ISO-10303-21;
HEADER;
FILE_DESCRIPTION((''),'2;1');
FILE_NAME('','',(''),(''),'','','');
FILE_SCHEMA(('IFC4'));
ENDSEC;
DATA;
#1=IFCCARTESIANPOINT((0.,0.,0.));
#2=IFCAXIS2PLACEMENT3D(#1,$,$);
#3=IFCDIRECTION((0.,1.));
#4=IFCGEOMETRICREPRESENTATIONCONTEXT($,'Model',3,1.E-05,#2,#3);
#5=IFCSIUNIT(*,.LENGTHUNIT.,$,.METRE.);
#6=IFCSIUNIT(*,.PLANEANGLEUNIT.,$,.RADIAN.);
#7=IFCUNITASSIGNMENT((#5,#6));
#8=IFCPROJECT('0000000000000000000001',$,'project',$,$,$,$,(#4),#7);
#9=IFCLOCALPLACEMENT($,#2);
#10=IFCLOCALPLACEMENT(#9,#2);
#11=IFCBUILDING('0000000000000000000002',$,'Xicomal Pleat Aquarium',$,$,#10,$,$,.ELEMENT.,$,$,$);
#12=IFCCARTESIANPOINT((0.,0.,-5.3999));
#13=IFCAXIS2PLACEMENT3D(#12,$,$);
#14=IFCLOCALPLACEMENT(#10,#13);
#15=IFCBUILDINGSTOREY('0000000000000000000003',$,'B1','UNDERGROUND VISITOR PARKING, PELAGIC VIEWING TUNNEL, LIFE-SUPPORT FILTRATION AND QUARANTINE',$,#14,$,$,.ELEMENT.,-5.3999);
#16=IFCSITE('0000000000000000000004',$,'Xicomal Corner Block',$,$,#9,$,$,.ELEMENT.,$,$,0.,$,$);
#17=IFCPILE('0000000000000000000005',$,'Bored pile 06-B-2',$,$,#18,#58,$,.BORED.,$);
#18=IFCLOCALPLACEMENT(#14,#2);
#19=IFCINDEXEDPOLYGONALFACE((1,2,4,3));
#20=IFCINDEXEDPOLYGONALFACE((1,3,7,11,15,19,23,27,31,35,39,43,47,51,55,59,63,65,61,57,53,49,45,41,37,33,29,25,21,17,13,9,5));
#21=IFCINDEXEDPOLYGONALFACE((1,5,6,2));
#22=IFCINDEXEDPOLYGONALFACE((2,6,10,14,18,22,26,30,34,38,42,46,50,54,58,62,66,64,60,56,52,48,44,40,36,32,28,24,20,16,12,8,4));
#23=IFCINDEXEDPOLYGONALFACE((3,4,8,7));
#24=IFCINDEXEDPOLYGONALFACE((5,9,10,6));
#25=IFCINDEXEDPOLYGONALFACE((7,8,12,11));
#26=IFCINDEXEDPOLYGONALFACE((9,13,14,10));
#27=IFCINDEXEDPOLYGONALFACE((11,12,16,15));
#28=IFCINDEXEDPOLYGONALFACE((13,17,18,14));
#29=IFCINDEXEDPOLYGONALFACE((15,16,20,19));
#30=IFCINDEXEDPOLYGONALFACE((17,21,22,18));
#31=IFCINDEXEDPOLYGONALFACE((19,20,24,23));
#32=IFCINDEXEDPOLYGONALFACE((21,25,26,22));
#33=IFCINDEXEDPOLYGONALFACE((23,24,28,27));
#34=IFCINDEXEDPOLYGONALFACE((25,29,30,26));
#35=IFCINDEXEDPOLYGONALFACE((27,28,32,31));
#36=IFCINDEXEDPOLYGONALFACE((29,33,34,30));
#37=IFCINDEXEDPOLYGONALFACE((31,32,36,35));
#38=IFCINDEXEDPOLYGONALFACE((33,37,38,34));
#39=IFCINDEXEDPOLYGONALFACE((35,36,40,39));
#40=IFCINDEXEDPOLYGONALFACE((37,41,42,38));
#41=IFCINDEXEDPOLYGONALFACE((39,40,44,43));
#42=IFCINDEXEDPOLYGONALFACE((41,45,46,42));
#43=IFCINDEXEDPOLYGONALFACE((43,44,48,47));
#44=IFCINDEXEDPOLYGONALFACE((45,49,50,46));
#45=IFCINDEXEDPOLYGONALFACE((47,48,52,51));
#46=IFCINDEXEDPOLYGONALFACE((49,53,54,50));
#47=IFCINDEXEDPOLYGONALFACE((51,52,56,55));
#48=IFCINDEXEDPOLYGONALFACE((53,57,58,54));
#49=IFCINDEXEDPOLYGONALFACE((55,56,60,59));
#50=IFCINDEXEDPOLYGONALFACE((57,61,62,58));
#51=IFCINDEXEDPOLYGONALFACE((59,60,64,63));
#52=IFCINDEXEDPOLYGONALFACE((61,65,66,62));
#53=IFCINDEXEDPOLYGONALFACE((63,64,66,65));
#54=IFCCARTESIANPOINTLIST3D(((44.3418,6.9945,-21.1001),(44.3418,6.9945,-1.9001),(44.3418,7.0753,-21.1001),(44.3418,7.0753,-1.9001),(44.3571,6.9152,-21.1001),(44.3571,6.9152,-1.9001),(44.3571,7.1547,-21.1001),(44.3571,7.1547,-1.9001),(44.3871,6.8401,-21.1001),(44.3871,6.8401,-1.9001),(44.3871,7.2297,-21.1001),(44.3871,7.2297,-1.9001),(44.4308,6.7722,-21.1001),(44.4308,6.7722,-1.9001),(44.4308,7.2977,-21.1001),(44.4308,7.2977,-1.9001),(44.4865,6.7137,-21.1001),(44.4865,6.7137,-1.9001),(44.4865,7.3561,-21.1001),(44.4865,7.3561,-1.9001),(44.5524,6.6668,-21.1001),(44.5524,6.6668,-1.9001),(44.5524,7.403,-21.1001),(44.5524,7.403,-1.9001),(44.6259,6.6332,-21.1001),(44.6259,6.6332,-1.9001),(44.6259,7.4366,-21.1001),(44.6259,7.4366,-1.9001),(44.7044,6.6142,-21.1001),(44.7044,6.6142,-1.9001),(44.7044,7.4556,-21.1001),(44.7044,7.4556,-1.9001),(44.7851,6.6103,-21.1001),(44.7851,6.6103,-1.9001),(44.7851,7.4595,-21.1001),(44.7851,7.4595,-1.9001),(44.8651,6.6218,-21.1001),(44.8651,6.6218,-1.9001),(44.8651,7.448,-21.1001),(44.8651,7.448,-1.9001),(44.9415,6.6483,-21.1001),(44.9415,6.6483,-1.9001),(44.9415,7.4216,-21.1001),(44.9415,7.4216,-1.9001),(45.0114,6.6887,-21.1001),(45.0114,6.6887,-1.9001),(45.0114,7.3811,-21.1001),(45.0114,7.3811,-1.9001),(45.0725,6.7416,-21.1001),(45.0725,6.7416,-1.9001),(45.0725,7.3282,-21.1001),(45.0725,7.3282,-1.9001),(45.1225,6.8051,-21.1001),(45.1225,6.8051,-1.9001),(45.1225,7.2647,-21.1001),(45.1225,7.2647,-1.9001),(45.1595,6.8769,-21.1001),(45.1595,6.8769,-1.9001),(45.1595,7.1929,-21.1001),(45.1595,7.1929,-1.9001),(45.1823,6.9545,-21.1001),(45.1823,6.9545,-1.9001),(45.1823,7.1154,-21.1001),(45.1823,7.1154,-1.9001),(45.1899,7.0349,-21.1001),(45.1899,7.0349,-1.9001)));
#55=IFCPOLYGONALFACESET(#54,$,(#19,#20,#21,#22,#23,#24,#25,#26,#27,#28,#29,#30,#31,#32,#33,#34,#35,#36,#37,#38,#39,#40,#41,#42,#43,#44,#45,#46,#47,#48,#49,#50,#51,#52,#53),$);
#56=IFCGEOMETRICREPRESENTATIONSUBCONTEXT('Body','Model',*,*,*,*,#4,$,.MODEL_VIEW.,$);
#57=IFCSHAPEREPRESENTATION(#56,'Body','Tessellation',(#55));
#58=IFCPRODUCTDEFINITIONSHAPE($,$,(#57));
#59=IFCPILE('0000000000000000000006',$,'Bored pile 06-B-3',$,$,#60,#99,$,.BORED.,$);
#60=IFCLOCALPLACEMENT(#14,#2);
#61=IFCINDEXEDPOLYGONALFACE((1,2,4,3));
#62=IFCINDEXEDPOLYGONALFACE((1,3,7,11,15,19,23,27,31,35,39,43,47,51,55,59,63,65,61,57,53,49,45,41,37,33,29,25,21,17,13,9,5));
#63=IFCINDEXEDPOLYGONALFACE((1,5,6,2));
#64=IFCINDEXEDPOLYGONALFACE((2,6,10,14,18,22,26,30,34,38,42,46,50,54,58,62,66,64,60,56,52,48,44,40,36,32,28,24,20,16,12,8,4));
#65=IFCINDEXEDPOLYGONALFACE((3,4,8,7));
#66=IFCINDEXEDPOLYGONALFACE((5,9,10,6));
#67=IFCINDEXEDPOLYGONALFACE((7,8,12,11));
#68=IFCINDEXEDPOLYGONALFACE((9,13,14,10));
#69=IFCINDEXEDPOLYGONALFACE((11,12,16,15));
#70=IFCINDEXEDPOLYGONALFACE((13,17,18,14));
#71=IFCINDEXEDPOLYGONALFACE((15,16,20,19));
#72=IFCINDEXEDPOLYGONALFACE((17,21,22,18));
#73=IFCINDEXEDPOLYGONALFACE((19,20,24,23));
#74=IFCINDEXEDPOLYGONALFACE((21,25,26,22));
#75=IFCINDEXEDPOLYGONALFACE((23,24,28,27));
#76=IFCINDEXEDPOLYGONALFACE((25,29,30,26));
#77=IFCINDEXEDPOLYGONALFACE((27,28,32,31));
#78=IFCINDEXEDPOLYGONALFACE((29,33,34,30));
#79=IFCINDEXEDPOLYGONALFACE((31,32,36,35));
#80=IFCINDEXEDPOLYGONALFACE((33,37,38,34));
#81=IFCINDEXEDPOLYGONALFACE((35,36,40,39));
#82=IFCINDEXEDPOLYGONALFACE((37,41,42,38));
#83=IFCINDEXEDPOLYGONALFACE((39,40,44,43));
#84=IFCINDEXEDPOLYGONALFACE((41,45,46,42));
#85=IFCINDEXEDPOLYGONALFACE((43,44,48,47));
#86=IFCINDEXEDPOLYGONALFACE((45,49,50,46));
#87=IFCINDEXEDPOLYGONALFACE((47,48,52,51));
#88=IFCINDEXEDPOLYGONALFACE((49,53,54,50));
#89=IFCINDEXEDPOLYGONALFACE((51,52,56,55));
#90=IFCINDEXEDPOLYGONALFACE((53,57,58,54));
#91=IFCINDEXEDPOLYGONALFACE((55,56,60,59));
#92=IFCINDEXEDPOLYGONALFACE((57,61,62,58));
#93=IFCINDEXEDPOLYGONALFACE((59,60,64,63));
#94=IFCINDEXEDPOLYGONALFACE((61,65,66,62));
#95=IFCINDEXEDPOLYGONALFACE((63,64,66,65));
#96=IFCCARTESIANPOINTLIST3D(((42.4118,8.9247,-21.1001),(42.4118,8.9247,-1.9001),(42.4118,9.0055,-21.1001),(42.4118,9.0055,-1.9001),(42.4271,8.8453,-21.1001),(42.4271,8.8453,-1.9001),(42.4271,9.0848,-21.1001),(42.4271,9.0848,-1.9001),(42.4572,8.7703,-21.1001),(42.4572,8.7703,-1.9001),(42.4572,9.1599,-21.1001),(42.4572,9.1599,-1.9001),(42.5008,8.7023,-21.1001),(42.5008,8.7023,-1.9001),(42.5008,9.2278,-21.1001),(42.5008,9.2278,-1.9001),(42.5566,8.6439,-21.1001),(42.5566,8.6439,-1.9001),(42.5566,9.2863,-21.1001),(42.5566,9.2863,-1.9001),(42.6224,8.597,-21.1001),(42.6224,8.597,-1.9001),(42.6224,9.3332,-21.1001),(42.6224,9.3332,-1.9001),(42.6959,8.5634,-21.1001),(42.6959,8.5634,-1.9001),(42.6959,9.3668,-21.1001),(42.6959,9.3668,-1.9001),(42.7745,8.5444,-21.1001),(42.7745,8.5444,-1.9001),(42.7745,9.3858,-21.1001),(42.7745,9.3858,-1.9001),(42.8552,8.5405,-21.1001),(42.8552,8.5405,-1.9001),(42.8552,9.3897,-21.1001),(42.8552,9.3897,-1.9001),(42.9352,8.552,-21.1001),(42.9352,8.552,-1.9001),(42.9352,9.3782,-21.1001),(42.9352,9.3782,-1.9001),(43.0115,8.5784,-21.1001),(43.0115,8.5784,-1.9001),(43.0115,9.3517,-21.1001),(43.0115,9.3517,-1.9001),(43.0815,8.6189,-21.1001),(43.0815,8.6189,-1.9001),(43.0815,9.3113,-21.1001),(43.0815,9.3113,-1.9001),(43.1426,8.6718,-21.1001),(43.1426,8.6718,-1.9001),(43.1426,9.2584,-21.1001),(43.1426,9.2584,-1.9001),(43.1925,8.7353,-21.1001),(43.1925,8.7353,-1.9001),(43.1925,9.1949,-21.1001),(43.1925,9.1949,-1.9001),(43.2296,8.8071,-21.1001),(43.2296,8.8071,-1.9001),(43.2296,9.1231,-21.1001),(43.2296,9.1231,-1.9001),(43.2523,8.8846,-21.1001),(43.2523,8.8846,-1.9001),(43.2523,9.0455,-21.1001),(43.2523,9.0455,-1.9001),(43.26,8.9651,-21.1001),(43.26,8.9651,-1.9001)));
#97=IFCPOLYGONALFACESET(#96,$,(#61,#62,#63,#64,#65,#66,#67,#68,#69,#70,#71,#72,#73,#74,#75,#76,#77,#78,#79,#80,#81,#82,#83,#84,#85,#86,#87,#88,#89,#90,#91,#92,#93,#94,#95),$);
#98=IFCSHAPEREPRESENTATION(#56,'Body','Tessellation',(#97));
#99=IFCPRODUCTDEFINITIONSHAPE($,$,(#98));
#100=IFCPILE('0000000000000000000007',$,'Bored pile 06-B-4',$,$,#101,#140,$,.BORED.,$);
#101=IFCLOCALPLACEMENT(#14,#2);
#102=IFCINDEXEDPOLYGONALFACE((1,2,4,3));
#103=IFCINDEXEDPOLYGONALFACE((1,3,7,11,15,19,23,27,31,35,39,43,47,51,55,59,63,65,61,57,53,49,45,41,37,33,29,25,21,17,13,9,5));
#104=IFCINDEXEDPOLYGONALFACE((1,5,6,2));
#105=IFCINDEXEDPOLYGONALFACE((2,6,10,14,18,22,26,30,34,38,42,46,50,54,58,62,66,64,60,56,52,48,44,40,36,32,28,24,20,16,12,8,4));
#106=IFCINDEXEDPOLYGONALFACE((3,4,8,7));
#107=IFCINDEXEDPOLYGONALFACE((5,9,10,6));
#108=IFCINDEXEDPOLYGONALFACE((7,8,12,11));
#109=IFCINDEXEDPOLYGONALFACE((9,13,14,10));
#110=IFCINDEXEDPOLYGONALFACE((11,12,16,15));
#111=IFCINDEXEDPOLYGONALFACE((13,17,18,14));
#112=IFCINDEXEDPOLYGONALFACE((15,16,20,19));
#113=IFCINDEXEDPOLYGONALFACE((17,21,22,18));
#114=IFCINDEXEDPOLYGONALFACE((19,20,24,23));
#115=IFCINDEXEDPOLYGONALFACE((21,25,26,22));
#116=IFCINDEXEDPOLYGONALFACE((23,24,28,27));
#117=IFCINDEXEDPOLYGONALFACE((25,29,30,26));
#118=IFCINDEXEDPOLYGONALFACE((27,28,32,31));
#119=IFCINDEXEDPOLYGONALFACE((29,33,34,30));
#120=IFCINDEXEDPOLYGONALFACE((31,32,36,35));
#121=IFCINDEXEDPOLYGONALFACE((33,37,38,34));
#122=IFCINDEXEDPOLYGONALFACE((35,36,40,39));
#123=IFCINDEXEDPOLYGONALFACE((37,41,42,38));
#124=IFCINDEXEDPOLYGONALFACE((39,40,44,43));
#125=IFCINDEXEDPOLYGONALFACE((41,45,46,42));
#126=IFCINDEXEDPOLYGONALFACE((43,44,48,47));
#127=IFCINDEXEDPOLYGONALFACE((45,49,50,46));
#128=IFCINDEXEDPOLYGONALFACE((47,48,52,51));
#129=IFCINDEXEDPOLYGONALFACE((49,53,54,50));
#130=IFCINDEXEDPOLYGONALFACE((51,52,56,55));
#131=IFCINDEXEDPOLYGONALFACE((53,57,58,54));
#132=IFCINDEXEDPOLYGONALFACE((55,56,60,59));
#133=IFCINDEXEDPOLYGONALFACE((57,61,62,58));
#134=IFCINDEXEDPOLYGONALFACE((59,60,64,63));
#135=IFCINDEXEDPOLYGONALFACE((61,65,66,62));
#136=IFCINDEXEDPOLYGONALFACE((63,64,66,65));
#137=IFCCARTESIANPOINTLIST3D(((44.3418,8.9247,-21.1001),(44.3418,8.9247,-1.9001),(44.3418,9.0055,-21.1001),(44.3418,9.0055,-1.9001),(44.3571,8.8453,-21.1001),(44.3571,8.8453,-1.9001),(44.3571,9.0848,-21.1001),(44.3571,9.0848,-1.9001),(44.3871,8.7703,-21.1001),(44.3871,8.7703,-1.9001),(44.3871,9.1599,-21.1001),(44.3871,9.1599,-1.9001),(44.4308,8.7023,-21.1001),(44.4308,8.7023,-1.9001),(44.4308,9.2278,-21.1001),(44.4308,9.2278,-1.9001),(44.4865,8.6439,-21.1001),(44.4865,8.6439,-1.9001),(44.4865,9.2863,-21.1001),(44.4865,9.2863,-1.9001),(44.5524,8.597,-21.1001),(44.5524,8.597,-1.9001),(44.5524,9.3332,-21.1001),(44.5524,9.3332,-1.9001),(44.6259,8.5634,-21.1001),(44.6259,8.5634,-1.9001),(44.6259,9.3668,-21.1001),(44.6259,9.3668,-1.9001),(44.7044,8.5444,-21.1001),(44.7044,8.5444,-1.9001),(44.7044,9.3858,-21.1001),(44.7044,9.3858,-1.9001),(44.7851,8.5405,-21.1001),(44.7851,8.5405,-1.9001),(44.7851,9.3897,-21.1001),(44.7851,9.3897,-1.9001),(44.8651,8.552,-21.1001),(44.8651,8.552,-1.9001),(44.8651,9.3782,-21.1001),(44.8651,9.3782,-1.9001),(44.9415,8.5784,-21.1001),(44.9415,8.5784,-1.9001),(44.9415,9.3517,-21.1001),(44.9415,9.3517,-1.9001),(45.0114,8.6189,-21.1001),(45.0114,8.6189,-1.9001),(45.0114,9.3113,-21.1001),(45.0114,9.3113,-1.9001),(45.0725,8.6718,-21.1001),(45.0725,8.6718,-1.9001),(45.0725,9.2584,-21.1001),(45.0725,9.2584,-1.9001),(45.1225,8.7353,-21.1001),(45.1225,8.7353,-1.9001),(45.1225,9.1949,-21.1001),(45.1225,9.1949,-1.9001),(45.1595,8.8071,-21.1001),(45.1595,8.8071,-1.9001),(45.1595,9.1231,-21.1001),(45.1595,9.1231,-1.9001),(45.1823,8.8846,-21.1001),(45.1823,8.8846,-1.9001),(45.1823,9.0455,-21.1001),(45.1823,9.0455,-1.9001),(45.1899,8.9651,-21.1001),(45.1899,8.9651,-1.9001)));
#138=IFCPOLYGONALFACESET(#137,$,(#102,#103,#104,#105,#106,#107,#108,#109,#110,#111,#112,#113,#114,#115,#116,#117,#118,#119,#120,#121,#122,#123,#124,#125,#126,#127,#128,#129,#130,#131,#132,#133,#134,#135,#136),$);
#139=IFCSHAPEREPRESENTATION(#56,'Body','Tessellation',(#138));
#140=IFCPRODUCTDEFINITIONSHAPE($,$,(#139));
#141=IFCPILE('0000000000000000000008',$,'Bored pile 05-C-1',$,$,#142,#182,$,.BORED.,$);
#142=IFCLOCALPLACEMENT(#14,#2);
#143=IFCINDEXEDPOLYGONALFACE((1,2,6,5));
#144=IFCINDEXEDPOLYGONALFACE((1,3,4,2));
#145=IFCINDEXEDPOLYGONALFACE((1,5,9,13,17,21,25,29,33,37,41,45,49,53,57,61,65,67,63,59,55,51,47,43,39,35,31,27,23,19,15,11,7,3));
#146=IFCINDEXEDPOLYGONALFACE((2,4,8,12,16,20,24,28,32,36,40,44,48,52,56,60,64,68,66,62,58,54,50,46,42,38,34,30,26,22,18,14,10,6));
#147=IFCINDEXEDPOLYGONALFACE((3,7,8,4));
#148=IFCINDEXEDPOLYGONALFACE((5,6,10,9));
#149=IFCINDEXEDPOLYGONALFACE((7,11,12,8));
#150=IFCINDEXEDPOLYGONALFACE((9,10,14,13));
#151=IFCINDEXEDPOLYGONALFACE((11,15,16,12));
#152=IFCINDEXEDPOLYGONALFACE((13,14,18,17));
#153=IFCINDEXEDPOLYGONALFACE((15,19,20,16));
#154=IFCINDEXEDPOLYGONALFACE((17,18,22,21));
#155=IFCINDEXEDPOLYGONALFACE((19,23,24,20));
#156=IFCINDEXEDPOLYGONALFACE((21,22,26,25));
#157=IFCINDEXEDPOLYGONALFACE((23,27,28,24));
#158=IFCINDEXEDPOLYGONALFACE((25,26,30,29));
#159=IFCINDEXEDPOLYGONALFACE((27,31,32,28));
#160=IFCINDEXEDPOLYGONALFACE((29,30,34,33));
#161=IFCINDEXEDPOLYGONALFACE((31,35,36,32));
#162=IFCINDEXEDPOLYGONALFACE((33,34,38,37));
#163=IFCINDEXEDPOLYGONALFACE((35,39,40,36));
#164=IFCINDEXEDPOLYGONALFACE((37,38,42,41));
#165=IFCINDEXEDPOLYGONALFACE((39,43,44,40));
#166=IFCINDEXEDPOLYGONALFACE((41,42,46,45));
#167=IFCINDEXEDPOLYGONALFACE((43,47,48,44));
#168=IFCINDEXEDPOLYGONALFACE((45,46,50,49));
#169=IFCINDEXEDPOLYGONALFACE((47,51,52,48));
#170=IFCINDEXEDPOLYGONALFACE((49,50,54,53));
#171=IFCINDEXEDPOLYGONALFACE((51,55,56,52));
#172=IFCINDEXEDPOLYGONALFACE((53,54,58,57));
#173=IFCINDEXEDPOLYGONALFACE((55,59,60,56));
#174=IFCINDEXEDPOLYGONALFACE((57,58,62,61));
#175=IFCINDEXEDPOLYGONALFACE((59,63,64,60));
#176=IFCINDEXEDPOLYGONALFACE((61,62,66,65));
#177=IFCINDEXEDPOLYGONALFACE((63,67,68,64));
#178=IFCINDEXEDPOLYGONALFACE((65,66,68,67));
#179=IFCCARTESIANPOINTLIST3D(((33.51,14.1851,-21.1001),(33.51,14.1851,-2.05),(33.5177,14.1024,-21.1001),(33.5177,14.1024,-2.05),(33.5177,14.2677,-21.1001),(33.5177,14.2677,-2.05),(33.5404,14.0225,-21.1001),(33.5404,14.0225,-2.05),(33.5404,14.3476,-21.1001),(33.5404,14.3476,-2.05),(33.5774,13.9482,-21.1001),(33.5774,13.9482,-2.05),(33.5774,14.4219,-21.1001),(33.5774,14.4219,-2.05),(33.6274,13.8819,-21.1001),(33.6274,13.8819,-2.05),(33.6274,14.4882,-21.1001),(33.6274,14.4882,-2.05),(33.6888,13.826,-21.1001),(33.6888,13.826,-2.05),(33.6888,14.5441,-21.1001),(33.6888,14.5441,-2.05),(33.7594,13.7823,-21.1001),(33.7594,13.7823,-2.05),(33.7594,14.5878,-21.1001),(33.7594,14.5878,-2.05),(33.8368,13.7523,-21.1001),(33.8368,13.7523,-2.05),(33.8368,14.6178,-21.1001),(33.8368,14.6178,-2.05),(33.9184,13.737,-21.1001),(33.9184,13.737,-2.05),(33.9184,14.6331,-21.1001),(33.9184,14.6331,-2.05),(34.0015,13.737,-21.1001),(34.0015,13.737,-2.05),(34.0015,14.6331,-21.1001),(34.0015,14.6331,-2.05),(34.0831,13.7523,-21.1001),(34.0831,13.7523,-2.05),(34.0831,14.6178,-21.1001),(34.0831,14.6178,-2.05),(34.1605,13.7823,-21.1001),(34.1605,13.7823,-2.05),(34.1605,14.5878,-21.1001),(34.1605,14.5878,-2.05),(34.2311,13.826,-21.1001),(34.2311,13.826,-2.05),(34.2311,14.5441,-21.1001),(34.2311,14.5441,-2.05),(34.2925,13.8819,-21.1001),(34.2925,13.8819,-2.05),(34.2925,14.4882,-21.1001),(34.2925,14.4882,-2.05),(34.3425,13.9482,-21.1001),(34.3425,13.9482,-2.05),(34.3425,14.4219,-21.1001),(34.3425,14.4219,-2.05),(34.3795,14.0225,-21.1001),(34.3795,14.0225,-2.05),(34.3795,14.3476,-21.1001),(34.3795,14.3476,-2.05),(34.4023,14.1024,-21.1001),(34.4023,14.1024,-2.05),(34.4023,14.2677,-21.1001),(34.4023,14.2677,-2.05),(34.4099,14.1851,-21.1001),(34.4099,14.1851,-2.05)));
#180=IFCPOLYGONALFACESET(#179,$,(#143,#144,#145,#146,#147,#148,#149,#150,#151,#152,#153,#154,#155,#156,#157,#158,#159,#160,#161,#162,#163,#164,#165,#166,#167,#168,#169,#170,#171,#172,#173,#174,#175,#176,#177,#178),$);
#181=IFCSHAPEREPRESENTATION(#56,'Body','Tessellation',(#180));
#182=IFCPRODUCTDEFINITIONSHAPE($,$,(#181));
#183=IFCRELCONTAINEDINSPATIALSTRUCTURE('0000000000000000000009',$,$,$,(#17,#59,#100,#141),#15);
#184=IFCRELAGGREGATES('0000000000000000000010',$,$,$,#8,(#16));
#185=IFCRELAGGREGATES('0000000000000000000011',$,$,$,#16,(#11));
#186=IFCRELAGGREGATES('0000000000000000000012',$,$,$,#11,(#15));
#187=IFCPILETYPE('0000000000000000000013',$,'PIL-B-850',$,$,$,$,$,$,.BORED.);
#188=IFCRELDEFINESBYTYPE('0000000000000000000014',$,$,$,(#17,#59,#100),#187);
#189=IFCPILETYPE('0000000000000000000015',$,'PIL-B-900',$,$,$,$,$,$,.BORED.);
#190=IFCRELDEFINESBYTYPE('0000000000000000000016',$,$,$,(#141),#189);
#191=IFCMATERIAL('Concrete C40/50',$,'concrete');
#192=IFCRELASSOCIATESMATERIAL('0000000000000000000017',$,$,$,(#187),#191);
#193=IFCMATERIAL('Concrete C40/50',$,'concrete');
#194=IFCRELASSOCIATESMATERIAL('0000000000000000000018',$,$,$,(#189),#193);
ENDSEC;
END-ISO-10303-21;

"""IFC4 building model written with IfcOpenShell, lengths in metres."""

from ifc_helpers import new_model, si_unit, direction, frame, origin, origin_2d, place, context, subcontext, project, spatial, circle, extrude, material, material_profile, profile_set, type_object, element, save


model = new_model("IFC4")

# Units and contexts
model_context = context("Model", 3, precision=1e-05, world=origin(), true_north=direction((0.0, 1.0)))
body_context = subcontext(model_context, "Body", "Model", "MODEL_VIEW")
ifc_project = project(units=[si_unit("LENGTHUNIT", "METRE"), si_unit("PLANEANGLEUNIT", "RADIAN")], contexts=[model_context])

# Site, building, storey
site_placement = place(None, origin())
site = spatial("IfcSite", under=ifc_project, at=site_placement, Name="Xicomal Corner Block", CompositionType="ELEMENT", RefElevation=0.0)
building_placement = place(site_placement, origin())
building = spatial("IfcBuilding", under=site, at=building_placement, Name="Xicomal Pleat Aquarium", CompositionType="ELEMENT")
storey_placement = place(building_placement, frame((0.0, 0.0, -5.3999)))
storey = spatial("IfcBuildingStorey", under=building, at=storey_placement, Name="B1", Description="UNDERGROUND VISITOR PARKING, PELAGIC VIEWING TUNNEL, LIFE-SUPPORT FILTRATION AND QUARANTINE", CompositionType="ELEMENT", Elevation=-5.3999)

# Piles
ifc_material_1 = material(Name="Concrete C40/50", Category="concrete")
ifc_material_profile_1 = material_profile(ifc_material_1, circle(Radius=0.425, at=origin_2d()), Name="BORED PILE D850")
ifc_profile_set_1 = profile_set([ifc_material_profile_1], Name="Concrete C40/50")
pile_type_1 = type_object("IfcPileType", Name="PIL-B-850", PredefinedType="BORED", material=ifc_profile_set_1)
for number, where, z_axis, x_axis, name in (
    (1, (44.7649, 7.0349, -1.9001), (0.0, 0.0, -1.0), (1.0, 0.0, 0.0), "Bored pile 06-B-2"),
    (2, (42.835, 8.9651, -1.9001), (0.0, 0.0, -1.0), (1.0, 0.0, 0.0), "Bored pile 06-B-3"),
    (3, (44.7649, 8.9651, -1.9001), (0.0, 0.0, -1.0), (1.0, 0.0, 0.0), "Bored pile 06-B-4"),
):
    element("IfcPile", number, at=place(storey_placement, frame(where, z_axis=z_axis, x_axis=x_axis)), inside=storey, type_object=pile_type_1, Name=name, PredefinedType="BORED", context=body_context, shape_type="SweptSolid", body=[
        extrude(circle(Radius=0.425, at=origin_2d()), origin(), (0.0, 0.0, 1.0), 19.2),
    ])
ifc_material_2 = material(Name="Concrete C40/50", Category="concrete")
ifc_material_profile_2 = material_profile(ifc_material_2, circle(Radius=0.45, at=origin_2d()), Name="BORED PILE D900")
ifc_profile_set_2 = profile_set([ifc_material_profile_2], Name="Concrete C40/50")
pile_type_2 = type_object("IfcPileType", Name="PIL-B-900", PredefinedType="BORED", material=ifc_profile_set_2)
for number, where, z_axis, x_axis, name in (
    (4, (33.96, 14.1851, -2.05), (0.0, 0.0, -1.0), (1.0, 0.0, 0.0), "Bored pile 05-C-1"),
):
    element("IfcPile", number, at=place(storey_placement, frame(where, z_axis=z_axis, x_axis=x_axis)), inside=storey, type_object=pile_type_2, Name=name, PredefinedType="BORED", context=body_context, shape_type="SweptSolid", body=[
        extrude(circle(Radius=0.45, at=origin_2d()), origin(), (0.0, 0.0, 1.0), 19.05),
    ])

save(model, "model.ifc")
